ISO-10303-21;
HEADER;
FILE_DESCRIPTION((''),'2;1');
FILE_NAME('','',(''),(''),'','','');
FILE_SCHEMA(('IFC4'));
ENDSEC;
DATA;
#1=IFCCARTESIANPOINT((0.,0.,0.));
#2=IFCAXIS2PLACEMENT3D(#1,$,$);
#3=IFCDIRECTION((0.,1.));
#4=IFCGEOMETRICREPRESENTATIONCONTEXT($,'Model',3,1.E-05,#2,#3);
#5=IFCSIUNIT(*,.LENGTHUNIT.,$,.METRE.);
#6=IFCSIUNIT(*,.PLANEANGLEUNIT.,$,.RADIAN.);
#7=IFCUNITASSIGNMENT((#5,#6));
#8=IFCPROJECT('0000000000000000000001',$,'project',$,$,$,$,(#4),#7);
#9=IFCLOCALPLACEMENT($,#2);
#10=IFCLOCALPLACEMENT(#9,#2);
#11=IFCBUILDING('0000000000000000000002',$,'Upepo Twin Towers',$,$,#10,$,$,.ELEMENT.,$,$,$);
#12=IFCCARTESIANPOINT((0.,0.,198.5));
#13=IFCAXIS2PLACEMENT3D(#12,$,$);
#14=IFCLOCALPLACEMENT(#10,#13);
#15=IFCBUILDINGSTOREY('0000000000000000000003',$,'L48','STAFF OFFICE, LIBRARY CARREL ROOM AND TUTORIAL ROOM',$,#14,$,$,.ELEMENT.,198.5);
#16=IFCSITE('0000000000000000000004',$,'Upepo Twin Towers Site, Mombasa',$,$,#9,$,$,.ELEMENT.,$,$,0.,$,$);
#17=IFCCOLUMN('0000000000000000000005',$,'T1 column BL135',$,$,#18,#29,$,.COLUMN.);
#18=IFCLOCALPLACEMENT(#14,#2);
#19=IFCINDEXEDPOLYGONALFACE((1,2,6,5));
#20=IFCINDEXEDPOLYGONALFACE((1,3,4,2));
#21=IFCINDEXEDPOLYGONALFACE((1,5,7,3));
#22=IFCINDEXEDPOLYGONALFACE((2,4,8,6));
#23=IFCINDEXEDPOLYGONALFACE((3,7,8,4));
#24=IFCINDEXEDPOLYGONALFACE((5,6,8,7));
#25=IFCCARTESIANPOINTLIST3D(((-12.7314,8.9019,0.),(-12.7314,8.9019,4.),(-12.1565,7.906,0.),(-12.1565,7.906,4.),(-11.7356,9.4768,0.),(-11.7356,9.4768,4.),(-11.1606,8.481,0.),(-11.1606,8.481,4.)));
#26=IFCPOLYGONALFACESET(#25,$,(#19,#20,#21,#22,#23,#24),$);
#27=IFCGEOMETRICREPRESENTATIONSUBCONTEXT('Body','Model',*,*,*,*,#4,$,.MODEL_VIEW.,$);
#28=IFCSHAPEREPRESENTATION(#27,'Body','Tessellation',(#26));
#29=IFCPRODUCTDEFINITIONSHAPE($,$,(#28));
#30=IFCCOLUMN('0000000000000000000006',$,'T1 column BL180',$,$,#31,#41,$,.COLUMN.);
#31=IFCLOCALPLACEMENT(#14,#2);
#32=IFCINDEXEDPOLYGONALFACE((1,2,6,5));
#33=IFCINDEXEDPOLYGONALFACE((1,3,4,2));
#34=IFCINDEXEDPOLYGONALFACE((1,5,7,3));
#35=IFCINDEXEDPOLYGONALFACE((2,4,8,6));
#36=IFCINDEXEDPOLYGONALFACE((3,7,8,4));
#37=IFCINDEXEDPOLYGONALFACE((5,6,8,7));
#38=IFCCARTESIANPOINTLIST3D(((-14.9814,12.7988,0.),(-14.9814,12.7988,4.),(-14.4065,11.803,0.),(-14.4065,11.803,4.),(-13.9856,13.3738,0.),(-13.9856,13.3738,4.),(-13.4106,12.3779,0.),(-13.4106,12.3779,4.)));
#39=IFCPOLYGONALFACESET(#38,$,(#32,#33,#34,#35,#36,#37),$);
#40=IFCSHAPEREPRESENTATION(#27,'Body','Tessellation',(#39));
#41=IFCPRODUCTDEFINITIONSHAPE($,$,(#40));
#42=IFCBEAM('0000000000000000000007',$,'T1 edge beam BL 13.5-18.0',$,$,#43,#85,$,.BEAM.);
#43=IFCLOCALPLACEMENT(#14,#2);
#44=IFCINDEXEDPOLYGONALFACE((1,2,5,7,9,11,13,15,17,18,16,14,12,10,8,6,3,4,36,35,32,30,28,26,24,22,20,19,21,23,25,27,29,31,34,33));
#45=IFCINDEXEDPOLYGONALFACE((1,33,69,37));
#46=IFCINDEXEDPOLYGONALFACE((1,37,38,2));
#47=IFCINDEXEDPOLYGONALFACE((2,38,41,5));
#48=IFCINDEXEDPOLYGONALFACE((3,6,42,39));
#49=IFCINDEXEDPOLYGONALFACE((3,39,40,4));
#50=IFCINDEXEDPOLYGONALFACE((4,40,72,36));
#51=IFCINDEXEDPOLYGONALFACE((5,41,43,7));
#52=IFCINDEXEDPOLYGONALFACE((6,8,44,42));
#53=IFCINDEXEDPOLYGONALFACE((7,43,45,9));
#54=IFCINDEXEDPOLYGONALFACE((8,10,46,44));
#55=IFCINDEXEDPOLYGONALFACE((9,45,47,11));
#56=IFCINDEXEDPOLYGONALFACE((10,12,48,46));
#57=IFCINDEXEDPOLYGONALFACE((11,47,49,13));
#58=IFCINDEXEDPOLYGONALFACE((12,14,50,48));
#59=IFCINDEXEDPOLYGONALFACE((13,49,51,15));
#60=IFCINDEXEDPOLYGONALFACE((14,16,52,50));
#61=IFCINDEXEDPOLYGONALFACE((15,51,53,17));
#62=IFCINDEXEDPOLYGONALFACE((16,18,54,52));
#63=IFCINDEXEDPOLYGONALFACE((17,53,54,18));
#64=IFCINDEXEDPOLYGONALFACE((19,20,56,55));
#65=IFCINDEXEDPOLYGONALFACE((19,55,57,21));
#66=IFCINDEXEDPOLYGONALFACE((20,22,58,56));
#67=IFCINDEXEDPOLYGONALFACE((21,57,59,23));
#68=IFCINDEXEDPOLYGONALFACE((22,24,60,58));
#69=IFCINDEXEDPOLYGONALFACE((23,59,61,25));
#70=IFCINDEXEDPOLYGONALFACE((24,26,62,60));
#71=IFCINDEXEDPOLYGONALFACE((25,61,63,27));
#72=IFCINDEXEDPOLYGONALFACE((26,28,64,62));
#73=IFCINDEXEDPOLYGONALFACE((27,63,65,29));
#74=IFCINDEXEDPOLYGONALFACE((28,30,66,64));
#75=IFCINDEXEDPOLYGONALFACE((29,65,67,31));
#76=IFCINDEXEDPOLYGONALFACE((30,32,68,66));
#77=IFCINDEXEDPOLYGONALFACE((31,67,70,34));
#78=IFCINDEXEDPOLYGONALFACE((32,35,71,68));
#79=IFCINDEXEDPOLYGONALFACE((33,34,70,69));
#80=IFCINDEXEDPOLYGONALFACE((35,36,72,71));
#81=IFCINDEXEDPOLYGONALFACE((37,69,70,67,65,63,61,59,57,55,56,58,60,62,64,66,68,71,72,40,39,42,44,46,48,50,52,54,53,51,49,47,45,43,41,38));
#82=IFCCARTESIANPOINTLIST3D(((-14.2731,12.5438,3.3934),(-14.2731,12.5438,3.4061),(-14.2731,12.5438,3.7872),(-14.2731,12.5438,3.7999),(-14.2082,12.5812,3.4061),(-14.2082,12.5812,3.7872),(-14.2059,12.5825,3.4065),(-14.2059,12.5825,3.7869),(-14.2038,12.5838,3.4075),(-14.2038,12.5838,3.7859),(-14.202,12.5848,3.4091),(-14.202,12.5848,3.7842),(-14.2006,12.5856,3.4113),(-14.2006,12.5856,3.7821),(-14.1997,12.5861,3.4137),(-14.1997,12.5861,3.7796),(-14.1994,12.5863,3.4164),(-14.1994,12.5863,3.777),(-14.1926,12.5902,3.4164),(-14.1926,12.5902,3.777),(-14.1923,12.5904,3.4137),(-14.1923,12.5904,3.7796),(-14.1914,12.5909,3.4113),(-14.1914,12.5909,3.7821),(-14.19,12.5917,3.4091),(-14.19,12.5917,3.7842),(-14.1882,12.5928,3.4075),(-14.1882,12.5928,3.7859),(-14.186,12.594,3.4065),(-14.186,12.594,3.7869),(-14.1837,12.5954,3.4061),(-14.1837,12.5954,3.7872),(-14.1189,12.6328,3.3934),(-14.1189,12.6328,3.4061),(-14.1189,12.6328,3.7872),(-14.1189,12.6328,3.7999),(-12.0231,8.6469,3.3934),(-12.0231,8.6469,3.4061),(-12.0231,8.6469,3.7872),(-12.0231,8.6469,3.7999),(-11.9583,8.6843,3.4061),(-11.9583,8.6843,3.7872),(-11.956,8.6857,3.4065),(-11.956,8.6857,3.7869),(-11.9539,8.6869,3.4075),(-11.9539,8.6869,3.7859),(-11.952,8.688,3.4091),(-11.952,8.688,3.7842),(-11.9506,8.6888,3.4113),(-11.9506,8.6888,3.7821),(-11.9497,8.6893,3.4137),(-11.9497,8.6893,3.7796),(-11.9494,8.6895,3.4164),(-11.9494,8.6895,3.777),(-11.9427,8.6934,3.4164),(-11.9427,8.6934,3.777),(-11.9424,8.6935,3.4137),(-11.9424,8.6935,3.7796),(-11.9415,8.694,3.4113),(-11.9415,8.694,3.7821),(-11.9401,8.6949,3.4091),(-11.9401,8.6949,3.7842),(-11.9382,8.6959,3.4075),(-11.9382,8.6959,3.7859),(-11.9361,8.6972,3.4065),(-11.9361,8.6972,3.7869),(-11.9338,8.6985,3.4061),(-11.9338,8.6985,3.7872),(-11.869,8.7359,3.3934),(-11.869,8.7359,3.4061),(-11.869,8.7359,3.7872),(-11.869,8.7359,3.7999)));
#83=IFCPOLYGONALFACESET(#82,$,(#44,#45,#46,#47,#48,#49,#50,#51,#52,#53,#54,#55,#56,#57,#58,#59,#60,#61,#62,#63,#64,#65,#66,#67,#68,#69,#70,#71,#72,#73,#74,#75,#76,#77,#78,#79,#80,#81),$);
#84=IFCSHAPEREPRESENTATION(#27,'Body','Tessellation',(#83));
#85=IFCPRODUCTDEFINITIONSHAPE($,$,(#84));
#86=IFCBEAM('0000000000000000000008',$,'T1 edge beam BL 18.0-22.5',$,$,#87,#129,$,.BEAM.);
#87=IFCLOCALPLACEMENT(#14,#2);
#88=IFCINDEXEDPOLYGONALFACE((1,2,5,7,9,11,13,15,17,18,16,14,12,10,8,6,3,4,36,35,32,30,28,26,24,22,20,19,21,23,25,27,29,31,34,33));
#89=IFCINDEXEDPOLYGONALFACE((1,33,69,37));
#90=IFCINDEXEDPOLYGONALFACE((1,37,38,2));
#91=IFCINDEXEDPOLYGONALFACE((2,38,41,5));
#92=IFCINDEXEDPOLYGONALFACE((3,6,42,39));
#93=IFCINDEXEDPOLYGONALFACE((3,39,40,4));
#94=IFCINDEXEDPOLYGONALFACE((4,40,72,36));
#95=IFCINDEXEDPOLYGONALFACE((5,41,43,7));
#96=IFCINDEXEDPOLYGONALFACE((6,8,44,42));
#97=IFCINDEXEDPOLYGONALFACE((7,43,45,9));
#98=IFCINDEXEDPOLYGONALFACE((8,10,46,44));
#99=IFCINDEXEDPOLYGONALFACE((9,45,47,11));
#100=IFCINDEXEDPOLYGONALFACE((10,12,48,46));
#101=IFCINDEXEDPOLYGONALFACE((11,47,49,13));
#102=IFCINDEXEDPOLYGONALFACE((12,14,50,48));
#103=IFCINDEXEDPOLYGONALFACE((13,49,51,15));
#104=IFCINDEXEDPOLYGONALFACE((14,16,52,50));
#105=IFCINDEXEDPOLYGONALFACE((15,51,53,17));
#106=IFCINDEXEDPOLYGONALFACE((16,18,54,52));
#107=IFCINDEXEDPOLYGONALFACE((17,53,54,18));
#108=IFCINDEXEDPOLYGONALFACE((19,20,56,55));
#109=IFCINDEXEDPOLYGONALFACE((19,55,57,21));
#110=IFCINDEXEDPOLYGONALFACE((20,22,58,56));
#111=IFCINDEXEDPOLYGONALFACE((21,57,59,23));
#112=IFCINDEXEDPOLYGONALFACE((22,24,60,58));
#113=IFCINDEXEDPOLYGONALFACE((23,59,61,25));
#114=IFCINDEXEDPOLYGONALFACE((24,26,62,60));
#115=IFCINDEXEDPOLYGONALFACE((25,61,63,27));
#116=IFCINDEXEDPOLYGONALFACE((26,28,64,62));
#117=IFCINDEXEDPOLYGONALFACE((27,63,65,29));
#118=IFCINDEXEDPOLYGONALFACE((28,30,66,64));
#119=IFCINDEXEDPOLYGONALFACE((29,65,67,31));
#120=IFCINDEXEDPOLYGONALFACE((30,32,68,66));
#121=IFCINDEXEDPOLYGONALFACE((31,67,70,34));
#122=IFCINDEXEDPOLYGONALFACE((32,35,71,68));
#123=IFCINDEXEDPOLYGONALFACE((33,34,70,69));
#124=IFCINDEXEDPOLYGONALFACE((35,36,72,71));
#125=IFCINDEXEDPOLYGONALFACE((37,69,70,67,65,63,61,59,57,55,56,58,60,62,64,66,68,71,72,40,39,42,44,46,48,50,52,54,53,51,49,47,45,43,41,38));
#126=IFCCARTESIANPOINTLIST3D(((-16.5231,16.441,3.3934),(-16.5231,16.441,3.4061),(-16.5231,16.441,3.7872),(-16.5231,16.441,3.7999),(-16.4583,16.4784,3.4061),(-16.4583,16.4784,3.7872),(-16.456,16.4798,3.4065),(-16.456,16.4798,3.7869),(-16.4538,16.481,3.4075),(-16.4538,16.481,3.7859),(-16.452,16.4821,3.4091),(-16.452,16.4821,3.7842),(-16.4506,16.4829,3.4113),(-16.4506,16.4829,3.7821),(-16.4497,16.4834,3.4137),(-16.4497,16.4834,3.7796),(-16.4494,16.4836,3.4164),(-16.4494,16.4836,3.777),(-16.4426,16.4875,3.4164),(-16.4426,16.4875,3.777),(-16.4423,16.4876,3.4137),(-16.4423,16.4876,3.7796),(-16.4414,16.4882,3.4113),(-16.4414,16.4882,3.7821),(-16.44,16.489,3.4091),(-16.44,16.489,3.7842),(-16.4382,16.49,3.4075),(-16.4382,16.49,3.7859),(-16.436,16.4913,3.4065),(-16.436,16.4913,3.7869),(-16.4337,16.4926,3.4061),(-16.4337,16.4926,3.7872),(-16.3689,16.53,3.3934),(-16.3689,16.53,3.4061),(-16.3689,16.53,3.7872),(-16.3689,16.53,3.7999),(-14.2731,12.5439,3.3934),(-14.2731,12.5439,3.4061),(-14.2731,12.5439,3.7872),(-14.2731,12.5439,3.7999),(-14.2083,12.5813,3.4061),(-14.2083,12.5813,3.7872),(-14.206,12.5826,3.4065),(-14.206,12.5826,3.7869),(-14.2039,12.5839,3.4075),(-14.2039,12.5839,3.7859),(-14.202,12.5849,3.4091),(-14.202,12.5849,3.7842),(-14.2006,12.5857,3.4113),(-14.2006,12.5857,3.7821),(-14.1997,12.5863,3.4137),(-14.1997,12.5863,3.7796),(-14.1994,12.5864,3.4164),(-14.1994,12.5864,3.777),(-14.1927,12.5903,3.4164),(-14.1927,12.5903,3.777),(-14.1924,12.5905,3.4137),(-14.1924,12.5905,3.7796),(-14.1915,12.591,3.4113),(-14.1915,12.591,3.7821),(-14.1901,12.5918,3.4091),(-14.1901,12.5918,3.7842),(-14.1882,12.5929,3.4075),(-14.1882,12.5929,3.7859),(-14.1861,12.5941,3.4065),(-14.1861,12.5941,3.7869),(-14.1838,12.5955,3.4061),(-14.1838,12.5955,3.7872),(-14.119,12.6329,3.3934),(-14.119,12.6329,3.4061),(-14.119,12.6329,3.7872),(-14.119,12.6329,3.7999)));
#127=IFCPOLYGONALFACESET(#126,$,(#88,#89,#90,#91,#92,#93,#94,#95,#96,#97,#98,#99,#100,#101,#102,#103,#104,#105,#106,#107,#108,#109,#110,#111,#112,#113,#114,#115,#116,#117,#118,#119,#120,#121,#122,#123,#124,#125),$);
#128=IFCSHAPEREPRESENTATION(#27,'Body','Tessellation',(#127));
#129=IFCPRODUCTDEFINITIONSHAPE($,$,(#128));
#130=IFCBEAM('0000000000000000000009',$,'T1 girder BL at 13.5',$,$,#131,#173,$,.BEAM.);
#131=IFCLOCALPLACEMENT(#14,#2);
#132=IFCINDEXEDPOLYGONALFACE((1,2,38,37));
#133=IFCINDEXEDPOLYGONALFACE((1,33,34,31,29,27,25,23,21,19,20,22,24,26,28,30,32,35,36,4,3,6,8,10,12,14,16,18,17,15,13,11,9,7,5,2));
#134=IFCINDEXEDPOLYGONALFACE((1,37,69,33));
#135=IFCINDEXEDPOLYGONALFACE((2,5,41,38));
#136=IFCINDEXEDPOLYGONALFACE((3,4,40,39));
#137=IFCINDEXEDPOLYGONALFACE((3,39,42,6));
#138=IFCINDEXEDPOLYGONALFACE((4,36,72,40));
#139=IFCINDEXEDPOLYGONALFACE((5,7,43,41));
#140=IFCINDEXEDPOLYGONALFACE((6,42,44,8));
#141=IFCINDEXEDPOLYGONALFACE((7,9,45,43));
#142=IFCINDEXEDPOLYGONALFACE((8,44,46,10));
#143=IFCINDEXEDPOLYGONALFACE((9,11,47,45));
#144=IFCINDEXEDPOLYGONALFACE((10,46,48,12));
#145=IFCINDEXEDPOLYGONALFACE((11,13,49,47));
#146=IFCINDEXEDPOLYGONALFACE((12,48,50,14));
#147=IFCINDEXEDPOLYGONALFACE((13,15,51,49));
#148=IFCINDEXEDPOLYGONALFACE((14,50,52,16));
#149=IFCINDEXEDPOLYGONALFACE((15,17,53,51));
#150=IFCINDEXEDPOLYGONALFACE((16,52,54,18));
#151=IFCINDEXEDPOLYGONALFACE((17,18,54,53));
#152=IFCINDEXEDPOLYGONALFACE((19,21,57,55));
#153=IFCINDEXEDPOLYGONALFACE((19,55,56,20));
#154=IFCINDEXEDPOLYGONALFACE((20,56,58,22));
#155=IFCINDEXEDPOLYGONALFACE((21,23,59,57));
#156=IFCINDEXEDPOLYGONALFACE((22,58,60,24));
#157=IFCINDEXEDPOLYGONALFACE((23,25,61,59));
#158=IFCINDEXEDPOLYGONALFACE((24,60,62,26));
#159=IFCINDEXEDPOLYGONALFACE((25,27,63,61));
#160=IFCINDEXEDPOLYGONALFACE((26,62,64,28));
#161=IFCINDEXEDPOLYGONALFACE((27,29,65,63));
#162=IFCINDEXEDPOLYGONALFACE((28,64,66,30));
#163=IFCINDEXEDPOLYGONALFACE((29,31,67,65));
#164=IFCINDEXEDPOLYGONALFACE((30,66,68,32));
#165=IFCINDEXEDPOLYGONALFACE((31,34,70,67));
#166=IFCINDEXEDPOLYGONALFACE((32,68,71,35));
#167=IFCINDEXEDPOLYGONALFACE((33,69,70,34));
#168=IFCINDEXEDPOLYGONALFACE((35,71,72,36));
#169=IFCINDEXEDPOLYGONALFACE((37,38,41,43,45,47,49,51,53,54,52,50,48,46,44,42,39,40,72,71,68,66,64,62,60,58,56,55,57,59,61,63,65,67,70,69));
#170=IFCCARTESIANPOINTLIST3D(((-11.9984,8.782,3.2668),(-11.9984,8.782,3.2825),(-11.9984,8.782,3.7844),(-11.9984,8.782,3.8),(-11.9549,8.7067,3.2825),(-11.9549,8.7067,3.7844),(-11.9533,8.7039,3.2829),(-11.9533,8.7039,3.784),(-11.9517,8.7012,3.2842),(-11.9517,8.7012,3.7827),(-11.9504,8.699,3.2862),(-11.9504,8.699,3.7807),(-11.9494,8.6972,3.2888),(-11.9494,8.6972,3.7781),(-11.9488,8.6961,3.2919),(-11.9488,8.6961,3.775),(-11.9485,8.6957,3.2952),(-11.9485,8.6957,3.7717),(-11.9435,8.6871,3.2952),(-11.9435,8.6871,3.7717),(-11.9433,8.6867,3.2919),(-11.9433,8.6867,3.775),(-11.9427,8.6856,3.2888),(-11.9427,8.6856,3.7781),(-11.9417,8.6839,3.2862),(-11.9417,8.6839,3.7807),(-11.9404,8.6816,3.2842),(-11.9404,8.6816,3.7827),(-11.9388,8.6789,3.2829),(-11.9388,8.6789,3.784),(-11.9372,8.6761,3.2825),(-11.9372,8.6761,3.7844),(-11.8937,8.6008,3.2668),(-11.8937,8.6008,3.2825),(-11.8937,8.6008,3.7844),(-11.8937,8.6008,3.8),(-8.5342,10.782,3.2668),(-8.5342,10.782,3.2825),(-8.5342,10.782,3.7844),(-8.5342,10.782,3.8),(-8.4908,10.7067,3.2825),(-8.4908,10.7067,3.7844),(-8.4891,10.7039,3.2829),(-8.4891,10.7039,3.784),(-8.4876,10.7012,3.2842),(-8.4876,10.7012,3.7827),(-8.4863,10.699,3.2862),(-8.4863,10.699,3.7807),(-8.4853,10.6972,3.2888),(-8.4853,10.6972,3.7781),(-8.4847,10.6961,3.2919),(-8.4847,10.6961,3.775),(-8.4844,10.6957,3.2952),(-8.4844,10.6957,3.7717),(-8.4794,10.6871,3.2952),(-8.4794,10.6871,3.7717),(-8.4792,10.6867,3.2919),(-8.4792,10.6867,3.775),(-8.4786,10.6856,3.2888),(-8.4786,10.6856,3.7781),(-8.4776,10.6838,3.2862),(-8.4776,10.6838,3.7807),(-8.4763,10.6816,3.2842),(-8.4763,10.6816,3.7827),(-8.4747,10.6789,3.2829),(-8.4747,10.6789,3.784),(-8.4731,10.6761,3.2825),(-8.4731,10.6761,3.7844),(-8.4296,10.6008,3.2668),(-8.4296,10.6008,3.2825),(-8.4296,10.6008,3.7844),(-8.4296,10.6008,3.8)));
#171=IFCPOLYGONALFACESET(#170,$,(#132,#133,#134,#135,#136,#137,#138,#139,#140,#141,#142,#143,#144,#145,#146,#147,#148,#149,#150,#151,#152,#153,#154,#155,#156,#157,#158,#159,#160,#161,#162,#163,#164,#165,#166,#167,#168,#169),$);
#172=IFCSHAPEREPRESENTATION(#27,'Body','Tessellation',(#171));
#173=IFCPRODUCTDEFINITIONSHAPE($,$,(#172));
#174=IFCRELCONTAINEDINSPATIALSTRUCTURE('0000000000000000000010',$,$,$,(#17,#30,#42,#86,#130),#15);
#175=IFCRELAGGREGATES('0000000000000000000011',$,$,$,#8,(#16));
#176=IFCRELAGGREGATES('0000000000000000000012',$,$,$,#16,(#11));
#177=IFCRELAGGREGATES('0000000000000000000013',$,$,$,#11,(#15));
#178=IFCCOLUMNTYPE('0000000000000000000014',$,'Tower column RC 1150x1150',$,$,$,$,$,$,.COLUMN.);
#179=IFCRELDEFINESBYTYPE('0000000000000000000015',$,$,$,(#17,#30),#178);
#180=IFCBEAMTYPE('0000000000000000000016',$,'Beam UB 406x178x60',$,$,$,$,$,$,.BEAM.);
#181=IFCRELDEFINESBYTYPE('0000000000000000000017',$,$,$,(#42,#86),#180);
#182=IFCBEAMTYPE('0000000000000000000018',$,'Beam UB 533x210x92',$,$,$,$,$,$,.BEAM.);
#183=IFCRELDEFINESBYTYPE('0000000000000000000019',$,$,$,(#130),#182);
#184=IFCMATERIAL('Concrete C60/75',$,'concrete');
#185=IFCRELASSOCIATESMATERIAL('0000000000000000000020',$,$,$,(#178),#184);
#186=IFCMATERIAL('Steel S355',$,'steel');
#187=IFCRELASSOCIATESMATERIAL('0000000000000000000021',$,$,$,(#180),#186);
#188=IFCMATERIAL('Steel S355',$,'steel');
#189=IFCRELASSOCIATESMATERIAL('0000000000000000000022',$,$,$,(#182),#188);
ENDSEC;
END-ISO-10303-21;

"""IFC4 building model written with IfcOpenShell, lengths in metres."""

from ifc_helpers import new_model, si_unit, direction, frame, origin, origin_2d, place, context, subcontext, project, spatial, rectangle, i_section, extrude, material, material_profile, profile_set, type_object, element, save


model = new_model("IFC4")

# Units and contexts
model_context = context("Model", 3, precision=1e-05, world=origin(), true_north=direction((0.0, 1.0)))
body_context = subcontext(model_context, "Body", "Model", "MODEL_VIEW")
ifc_project = project(units=[si_unit("LENGTHUNIT", "METRE"), si_unit("PLANEANGLEUNIT", "RADIAN")], contexts=[model_context])

# Site, building, storey
site_placement = place(None, origin())
site = spatial("IfcSite", under=ifc_project, at=site_placement, Name="Upepo Twin Towers Site, Mombasa", CompositionType="ELEMENT", RefElevation=0.0)
building_placement = place(site_placement, origin())
building = spatial("IfcBuilding", under=site, at=building_placement, Name="Upepo Twin Towers", CompositionType="ELEMENT")
storey_placement = place(building_placement, frame((0.0, 0.0, 198.5)))
storey = spatial("IfcBuildingStorey", under=building, at=storey_placement, Name="L48", Description="STAFF OFFICE, LIBRARY CARREL ROOM AND TUTORIAL ROOM", CompositionType="ELEMENT", Elevation=198.5)

# Columns
ifc_material_1 = material(Name="Concrete C60/75", Category="concrete")
ifc_material_profile_1 = material_profile(ifc_material_1, rectangle(XDim=1.1499, YDim=1.1499, at=origin_2d()), Name="RC 1150x1150")
ifc_profile_set_1 = profile_set([ifc_material_profile_1], Name="Concrete C60/75")
column_type = type_object("IfcColumnType", Name="Tower column RC 1150x1150", PredefinedType="COLUMN", material=ifc_profile_set_1)
for number, where, z_axis, x_axis, name in (
    (1, (-11.946, 8.6914, 0.0), (0.0, 0.0, 1.0), (0.866025, 0.5, 0.0), "T1 column BL135"),
    (2, (-14.196, 12.5884, 0.0), (0.0, 0.0, 1.0), (0.866025, 0.5, 0.0), "T1 column BL180"),
):
    element("IfcColumn", number, at=place(storey_placement, frame(where, z_axis=z_axis, x_axis=x_axis)), inside=storey, type_object=column_type, Name=name, PredefinedType="COLUMN", context=body_context, shape_type="SweptSolid", body=[
        extrude(rectangle(XDim=1.1499, YDim=1.1499, at=origin_2d()), origin(), (0.0, 0.0, 1.0), 4.0),
    ])

# Beams
ifc_material_2 = material(Name="Steel S355", Category="steel")
ifc_material_profile_2 = material_profile(ifc_material_2, i_section(OverallWidth=0.178, OverallDepth=0.4065, WebThickness=0.0078, FlangeThickness=0.0127, FilletRadius=0.0103, at=origin_2d()), Name="UB 406x178x60")
ifc_profile_set_2 = profile_set([ifc_material_profile_2], Name="Steel S355")
beam_type_1 = type_object("IfcBeamType", Name="Beam UB 406x178x60", PredefinedType="BEAM", material=ifc_profile_set_2)
beam_1_placement = place(storey_placement, frame((-11.946, 8.6914, 3.5967), z_axis=(-0.500014, 0.866018, 0.0), x_axis=(-0.866018, -0.500014, 0.0)))
element("IfcBeam", 3, at=beam_1_placement, inside=storey, type_object=beam_type_1, Name="T1 edge beam BL 13.5-18.0", PredefinedType="BEAM", context=body_context, shape_type="SweptSolid", body=[
    extrude(i_section(OverallWidth=0.178, OverallDepth=0.4065, WebThickness=0.0078, FlangeThickness=0.0127, FilletRadius=0.0103, at=origin_2d()), origin(), (0.0, 0.0, 1.0), 4.4998),
])
beam_2_placement = place(storey_placement, frame((-14.196, 12.5884, 3.5967), z_axis=(-0.49999, 0.866031, 0.0), x_axis=(-0.866031, -0.49999, 0.0)))
element("IfcBeam", 4, at=beam_2_placement, inside=storey, type_object=beam_type_1, Name="T1 edge beam BL 18.0-22.5", PredefinedType="BEAM", context=body_context, shape_type="SweptSolid", body=[
    extrude(i_section(OverallWidth=0.178, OverallDepth=0.4065, WebThickness=0.0078, FlangeThickness=0.0127, FilletRadius=0.0103, at=origin_2d()), origin(), (0.0, 0.0, 1.0), 4.5),
])
ifc_material_3 = material(Name="Steel S355", Category="steel")
ifc_material_profile_3 = material_profile(ifc_material_3, i_section(OverallWidth=0.2092, OverallDepth=0.5332, WebThickness=0.01, FlangeThickness=0.0156, FilletRadius=0.0127, at=origin_2d()), Name="UB 533x210x92")
ifc_profile_set_3 = profile_set([ifc_material_profile_3], Name="Steel S355")
beam_type_2 = type_object("IfcBeamType", Name="Beam UB 533x210x92", PredefinedType="BEAM", material=ifc_profile_set_3)
for number, where, z_axis, x_axis, name in (
    (5, (-11.946, 8.6914, 3.5334), (0.866026, 0.499999, 0.0), (-0.499999, 0.866026, 0.0), "T1 girder BL at 13.5"),
):
    element("IfcBeam", number, at=place(storey_placement, frame(where, z_axis=z_axis, x_axis=x_axis)), inside=storey, type_object=beam_type_2, Name=name, PredefinedType="BEAM", context=body_context, shape_type="SweptSolid", body=[
        extrude(i_section(OverallWidth=0.2092, OverallDepth=0.5332, WebThickness=0.01, FlangeThickness=0.0156, FilletRadius=0.0127, at=origin_2d()), origin(), (0.0, 0.0, 1.0), 4.0),
    ])

save(model, "model.ifc")
